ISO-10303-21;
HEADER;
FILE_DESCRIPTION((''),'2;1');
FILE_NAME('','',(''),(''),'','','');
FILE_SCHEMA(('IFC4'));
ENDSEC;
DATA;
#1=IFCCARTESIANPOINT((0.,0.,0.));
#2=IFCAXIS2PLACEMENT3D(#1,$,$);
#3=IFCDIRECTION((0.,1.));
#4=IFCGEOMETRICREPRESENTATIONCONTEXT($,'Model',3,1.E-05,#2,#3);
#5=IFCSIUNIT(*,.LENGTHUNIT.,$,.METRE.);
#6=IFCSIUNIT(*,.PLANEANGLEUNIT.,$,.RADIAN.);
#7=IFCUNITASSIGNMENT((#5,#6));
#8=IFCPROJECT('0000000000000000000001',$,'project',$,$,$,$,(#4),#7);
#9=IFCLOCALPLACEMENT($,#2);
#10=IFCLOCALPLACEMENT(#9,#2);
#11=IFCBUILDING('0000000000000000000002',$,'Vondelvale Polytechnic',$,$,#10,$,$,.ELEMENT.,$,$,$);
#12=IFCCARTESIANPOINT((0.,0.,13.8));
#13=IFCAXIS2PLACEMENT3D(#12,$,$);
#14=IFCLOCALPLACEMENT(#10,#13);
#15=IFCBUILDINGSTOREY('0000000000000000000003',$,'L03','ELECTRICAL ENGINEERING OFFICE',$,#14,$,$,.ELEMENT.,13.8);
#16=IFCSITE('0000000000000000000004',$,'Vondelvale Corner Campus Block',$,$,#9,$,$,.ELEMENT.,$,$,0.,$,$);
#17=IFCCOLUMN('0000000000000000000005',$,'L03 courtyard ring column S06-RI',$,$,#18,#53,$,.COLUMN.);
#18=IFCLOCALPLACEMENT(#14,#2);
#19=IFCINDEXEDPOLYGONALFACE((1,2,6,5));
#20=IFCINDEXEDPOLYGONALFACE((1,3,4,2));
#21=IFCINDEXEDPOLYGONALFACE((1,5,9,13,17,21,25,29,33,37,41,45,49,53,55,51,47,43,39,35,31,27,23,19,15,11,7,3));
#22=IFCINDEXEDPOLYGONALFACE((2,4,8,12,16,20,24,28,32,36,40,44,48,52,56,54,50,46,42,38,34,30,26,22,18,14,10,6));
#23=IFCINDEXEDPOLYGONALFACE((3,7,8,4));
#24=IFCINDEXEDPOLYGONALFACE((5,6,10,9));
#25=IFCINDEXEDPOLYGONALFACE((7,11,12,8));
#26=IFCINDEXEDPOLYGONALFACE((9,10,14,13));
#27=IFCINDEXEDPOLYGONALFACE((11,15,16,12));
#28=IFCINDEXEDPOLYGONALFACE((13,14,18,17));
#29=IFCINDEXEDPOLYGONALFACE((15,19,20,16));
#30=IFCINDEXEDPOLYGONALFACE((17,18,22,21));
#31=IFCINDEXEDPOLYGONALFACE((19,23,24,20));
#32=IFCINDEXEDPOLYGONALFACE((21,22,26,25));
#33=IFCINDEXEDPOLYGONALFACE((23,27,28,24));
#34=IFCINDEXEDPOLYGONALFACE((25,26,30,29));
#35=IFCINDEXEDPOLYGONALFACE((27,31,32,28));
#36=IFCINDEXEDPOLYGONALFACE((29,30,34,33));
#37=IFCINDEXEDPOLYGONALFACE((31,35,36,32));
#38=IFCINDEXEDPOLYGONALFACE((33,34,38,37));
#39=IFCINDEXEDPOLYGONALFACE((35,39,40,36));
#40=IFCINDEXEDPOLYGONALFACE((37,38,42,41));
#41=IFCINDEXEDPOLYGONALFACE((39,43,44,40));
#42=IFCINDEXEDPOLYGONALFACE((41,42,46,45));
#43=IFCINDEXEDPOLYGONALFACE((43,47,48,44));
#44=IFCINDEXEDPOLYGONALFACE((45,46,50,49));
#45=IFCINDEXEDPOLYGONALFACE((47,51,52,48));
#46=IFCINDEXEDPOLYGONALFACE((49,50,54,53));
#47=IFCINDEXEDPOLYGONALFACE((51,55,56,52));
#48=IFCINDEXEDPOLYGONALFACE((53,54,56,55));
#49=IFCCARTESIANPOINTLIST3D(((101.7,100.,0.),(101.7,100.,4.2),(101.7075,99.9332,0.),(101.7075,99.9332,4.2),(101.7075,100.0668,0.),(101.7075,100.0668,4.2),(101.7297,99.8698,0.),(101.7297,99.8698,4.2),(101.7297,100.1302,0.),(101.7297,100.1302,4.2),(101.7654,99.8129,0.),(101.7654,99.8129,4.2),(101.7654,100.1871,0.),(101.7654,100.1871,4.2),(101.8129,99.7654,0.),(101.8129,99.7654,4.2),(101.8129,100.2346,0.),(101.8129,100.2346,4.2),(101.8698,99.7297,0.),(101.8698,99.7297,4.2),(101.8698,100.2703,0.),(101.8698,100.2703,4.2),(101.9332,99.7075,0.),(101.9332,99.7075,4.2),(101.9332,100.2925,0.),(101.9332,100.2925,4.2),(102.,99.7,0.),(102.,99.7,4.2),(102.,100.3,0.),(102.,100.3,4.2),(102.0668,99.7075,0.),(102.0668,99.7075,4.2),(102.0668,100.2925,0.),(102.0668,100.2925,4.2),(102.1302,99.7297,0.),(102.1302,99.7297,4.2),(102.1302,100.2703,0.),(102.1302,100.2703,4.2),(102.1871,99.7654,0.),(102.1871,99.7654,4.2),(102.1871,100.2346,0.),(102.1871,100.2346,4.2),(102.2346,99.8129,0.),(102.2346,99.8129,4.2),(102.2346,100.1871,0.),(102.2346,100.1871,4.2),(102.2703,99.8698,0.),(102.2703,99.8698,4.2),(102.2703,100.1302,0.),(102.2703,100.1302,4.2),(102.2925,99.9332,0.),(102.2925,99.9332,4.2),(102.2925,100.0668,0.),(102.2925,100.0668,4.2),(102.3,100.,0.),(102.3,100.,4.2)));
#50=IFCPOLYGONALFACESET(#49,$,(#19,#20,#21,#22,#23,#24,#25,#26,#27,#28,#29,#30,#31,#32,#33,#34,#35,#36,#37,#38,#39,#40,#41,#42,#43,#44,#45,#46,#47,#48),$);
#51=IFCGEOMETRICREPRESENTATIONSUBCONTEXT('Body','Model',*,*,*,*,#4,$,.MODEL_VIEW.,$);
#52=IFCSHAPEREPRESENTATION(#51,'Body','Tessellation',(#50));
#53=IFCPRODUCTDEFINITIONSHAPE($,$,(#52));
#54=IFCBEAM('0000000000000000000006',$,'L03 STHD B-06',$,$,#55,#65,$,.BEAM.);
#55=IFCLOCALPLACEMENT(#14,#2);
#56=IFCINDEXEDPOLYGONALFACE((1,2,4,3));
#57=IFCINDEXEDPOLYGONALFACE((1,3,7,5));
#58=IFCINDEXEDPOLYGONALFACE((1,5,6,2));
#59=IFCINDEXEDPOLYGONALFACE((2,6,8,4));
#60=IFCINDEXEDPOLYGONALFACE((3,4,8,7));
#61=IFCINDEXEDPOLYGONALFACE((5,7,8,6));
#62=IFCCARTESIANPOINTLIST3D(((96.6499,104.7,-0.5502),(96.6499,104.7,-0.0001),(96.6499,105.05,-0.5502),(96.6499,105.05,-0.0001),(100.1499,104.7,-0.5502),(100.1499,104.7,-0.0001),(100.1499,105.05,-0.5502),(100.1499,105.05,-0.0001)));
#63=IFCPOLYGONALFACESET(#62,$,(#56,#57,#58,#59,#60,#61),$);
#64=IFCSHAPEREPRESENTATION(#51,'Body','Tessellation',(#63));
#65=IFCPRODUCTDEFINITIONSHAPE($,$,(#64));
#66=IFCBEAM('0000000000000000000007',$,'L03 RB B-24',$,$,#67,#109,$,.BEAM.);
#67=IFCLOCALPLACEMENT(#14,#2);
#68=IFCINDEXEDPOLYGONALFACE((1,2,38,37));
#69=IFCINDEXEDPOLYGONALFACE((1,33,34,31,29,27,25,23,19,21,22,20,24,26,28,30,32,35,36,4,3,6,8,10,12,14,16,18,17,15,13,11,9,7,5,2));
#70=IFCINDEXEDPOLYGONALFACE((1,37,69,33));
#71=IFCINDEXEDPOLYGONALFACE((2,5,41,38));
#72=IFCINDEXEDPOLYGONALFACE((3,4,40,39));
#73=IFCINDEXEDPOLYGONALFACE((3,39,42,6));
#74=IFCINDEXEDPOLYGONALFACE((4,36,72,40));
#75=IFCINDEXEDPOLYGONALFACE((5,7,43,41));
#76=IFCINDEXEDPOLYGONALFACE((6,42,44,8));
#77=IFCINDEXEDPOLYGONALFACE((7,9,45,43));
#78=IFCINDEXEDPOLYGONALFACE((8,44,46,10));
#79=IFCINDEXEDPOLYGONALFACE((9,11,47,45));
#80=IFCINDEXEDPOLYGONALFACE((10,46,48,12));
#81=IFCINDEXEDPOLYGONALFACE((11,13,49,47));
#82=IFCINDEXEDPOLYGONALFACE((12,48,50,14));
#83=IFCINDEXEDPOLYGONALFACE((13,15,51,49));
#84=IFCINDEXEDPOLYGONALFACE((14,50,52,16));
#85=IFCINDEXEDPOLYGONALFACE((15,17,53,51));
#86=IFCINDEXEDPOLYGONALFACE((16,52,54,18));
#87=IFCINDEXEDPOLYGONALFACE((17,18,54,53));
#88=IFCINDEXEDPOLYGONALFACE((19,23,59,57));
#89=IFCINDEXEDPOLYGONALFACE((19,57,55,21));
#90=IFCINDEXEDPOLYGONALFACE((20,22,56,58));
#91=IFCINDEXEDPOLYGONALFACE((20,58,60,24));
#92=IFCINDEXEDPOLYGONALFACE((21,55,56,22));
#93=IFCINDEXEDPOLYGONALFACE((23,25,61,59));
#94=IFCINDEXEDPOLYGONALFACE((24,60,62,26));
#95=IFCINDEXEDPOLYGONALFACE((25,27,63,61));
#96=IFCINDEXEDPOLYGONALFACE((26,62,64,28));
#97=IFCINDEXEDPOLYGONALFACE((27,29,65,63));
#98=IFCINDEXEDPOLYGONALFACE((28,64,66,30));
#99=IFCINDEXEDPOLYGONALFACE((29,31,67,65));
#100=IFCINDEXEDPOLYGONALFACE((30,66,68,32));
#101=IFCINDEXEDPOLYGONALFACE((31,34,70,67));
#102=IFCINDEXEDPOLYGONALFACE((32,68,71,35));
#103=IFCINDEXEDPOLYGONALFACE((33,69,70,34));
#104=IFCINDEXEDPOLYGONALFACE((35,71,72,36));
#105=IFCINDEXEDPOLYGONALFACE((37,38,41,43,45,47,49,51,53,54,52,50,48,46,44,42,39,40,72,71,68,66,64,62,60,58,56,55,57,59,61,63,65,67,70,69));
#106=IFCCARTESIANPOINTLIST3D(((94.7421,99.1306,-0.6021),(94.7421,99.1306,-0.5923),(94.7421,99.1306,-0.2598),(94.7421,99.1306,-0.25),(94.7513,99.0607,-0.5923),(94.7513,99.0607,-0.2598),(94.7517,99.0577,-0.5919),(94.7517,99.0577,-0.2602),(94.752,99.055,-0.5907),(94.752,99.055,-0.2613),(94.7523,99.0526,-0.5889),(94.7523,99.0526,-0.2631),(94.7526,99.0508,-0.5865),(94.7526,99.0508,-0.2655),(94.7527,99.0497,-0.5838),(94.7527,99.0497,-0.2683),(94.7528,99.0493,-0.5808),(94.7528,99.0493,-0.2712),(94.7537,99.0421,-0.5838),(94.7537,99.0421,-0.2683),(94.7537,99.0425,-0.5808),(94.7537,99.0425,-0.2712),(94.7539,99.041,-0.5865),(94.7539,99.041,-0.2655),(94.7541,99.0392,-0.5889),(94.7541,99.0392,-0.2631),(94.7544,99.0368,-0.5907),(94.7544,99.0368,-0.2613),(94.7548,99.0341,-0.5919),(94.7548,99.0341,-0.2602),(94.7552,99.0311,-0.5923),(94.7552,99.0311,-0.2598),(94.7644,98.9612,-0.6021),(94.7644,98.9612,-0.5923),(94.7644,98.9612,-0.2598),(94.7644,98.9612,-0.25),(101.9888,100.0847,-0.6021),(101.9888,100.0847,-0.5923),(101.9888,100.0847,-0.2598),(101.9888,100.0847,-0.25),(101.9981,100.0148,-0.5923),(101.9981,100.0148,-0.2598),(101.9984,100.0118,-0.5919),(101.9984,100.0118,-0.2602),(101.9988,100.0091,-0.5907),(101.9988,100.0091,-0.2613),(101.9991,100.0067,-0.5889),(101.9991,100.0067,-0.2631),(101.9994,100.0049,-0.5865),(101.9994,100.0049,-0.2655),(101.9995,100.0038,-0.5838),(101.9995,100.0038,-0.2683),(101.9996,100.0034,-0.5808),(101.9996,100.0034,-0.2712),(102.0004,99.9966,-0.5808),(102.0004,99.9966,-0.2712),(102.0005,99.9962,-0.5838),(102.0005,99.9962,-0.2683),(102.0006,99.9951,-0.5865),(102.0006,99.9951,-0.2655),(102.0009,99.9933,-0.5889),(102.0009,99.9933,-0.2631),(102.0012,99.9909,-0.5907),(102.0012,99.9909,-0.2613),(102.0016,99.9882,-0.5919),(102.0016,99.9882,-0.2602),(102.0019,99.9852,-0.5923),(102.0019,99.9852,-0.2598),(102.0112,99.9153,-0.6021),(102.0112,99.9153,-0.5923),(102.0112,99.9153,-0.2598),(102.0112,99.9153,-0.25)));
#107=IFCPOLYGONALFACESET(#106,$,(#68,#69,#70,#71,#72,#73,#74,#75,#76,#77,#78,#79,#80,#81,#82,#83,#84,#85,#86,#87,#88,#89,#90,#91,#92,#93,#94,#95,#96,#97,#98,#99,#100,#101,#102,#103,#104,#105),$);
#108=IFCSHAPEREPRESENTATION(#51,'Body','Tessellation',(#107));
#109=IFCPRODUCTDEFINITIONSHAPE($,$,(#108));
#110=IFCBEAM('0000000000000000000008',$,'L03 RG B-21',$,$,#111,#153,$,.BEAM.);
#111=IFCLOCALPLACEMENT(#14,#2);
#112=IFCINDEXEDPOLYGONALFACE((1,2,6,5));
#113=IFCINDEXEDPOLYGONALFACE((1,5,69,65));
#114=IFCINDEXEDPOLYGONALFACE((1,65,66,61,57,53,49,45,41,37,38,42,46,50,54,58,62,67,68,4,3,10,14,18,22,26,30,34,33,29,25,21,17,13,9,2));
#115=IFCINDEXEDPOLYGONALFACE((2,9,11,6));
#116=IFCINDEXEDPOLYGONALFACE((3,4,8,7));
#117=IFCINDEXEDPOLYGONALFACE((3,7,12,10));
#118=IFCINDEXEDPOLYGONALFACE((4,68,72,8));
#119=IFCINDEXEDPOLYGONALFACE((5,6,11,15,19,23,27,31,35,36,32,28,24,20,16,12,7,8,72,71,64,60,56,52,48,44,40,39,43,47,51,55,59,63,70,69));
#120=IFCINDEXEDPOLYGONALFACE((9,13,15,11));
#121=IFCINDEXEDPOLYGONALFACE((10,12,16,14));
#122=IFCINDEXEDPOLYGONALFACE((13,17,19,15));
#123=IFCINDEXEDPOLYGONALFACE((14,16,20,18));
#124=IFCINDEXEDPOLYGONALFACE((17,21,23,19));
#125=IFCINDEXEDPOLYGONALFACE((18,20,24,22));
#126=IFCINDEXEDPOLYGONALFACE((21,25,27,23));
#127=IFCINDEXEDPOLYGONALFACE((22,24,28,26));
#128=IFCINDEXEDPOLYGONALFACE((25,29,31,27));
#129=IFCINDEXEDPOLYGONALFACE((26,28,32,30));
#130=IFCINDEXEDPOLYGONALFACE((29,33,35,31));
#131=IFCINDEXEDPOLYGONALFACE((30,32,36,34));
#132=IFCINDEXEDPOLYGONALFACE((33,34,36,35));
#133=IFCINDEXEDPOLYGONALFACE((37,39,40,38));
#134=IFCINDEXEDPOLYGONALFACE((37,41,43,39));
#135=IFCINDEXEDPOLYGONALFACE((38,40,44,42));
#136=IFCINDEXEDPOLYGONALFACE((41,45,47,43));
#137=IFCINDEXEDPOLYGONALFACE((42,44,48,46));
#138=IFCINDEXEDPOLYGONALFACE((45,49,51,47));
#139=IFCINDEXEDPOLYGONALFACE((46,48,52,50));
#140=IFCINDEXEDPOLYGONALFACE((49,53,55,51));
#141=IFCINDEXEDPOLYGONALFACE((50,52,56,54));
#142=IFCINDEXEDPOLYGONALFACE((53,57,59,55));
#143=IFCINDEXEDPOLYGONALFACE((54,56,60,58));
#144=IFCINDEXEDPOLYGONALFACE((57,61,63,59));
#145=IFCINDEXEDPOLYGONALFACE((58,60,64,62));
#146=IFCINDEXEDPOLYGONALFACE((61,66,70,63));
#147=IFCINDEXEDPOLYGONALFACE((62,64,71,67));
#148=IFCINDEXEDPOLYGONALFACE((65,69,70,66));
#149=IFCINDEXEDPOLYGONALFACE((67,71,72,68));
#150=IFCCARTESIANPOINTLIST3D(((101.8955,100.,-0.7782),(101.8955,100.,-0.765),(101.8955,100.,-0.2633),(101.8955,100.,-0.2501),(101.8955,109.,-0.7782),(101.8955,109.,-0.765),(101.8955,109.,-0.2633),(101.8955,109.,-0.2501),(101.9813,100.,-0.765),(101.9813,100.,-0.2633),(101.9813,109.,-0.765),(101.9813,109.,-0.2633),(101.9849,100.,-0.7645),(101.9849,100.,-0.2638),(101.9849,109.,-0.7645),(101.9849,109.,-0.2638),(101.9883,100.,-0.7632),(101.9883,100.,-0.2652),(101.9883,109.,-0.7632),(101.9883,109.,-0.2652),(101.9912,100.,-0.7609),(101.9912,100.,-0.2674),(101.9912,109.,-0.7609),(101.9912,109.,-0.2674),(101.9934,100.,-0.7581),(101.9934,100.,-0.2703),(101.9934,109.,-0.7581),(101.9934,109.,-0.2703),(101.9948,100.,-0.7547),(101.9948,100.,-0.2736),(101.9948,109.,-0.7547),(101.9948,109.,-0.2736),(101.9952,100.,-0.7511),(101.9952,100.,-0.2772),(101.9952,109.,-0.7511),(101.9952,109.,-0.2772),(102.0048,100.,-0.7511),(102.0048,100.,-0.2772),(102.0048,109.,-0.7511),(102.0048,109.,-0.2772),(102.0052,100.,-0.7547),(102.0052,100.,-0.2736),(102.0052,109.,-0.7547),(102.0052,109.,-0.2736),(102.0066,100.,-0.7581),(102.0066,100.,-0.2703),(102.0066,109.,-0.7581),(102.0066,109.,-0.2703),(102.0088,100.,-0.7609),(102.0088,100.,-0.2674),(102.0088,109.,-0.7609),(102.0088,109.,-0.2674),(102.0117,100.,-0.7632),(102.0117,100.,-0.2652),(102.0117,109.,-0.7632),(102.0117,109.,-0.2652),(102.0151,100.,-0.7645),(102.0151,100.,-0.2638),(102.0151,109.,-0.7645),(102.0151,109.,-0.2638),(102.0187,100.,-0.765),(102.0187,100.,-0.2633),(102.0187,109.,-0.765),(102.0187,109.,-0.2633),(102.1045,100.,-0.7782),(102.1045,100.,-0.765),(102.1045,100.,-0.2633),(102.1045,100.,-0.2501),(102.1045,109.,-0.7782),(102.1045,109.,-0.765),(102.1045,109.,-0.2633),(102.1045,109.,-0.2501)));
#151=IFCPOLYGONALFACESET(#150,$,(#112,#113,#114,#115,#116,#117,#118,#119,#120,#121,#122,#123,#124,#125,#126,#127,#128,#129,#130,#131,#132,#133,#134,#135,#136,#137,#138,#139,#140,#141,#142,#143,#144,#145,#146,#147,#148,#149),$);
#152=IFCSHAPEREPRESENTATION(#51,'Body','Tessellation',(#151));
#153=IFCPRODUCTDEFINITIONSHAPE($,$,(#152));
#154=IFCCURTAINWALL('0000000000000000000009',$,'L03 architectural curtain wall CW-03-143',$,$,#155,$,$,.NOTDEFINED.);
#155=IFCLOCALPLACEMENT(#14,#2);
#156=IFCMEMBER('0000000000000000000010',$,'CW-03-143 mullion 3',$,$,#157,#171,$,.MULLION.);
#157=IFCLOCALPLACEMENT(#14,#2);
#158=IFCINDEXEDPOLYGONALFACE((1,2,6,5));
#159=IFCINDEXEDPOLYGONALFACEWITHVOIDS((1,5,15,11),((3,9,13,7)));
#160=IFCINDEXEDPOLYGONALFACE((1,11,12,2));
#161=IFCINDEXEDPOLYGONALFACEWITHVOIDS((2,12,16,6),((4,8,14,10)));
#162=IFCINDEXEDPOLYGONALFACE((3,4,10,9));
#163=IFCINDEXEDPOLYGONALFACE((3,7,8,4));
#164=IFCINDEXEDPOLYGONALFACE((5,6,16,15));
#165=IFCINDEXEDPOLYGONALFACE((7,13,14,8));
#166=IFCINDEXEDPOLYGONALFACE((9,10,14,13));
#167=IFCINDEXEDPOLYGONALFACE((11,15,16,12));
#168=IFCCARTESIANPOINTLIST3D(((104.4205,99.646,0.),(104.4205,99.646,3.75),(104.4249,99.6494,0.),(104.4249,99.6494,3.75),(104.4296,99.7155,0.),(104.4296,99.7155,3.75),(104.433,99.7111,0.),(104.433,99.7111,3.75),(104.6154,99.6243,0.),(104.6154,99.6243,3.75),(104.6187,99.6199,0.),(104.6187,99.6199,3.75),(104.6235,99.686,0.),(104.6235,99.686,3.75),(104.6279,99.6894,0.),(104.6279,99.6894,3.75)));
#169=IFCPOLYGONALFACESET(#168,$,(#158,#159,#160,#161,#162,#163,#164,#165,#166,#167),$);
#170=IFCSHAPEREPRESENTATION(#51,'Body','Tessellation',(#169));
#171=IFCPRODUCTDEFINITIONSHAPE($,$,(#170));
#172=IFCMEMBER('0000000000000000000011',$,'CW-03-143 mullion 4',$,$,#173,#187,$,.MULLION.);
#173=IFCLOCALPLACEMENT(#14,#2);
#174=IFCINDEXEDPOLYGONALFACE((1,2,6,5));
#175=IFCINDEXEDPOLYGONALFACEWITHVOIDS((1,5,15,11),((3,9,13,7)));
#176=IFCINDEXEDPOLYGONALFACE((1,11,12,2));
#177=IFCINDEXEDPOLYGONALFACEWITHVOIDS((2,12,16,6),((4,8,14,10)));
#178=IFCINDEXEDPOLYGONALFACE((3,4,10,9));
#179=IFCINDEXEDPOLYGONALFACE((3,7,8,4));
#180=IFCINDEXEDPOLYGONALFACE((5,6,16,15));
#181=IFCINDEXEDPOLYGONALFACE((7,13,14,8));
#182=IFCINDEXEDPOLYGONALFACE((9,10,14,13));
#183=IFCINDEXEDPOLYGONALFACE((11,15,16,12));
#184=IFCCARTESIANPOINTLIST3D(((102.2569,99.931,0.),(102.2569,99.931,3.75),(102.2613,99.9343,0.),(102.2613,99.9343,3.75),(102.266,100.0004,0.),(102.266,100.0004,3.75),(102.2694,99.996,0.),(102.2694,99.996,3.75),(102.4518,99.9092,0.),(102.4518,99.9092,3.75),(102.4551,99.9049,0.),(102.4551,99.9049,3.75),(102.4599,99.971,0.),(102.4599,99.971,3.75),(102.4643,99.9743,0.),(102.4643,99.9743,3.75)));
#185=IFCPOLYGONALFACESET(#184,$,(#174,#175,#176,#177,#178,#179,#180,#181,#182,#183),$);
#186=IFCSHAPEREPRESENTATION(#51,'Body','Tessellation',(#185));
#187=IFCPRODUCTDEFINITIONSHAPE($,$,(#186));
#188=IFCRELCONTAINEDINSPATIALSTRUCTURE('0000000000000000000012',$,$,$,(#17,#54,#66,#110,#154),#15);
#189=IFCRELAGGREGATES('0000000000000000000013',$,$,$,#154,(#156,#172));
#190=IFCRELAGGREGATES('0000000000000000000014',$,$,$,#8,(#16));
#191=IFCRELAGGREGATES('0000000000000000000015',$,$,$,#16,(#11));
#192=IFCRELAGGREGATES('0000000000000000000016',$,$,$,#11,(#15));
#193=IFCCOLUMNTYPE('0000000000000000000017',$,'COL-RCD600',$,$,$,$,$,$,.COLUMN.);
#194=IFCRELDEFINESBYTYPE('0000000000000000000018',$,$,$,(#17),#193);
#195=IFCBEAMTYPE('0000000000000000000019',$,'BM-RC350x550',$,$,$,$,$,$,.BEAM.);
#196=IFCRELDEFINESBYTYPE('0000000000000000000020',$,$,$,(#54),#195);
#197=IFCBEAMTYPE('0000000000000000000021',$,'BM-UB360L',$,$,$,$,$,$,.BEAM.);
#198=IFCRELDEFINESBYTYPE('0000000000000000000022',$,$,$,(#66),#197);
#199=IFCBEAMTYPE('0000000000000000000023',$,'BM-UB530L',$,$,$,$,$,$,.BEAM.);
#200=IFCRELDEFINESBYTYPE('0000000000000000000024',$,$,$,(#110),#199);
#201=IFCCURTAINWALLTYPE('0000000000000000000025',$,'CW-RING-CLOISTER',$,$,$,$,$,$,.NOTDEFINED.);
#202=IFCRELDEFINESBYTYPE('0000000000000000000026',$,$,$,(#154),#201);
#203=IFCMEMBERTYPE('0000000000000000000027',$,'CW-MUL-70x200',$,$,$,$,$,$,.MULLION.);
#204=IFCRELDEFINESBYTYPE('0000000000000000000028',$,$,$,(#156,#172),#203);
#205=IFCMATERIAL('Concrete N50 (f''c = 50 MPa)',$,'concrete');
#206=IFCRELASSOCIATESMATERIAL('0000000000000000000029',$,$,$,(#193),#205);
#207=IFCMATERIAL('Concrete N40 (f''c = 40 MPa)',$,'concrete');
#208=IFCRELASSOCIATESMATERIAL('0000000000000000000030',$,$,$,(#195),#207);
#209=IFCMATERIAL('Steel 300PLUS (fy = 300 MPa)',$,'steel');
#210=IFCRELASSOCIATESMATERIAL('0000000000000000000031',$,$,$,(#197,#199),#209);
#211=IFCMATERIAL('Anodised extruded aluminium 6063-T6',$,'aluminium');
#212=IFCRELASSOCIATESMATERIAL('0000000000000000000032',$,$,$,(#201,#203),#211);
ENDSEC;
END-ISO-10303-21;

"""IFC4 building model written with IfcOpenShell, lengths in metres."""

from ifc_helpers import new_model, si_unit, direction, frame, origin, origin_2d, place, context, subcontext, project, spatial, rectangle, hollow_rectangle, circle, i_section, extrude, material, material_profile, profile_set, type_object, element, aggregate, save


model = new_model("IFC4")

# Units and contexts
model_context = context("Model", 3, precision=1e-05, world=origin(), true_north=direction((0.0, 1.0)))
body_context = subcontext(model_context, "Body", "Model", "MODEL_VIEW")
ifc_project = project(units=[si_unit("LENGTHUNIT", "METRE"), si_unit("PLANEANGLEUNIT", "RADIAN")], contexts=[model_context])

# Site, building, storey
site_placement = place(None, origin())
site = spatial("IfcSite", under=ifc_project, at=site_placement, Name="Vondelvale Corner Campus Block", CompositionType="ELEMENT", RefElevation=0.0)
building_placement = place(site_placement, origin())
building = spatial("IfcBuilding", under=site, at=building_placement, Name="Vondelvale Polytechnic", CompositionType="ELEMENT")
storey_placement = place(building_placement, frame((0.0, 0.0, 13.8)))
storey = spatial("IfcBuildingStorey", under=building, at=storey_placement, Name="L03", Description="ELECTRICAL ENGINEERING OFFICE", CompositionType="ELEMENT", Elevation=13.8)

# Column
ifc_material_1 = material(Name="Concrete N50 (f'c = 50 MPa)", Category="concrete")
ifc_material_profile_1 = material_profile(ifc_material_1, circle(Radius=0.3, at=origin_2d()), Name="RC-COL-D600")
ifc_profile_set_1 = profile_set([ifc_material_profile_1], Name="Concrete N50 (f'c = 50 MPa)")
column_type = type_object("IfcColumnType", Name="COL-RCD600", PredefinedType="COLUMN", material=ifc_profile_set_1)
column_placement = place(storey_placement, frame((102.0, 100.0, 0.0), z_axis=(0.0, 0.0, 1.0), x_axis=(0.0, 1.0, 0.0)))
element("IfcColumn", 1, at=column_placement, inside=storey, type_object=column_type, Name="L03 courtyard ring column S06-RI", PredefinedType="COLUMN", context=body_context, shape_type="SweptSolid", body=[
    extrude(circle(Radius=0.3, at=origin_2d()), origin(), (0.0, 0.0, 1.0), 4.2),
])

# Beams
ifc_material_2 = material(Name="Concrete N40 (f'c = 40 MPa)", Category="concrete")
ifc_material_profile_2 = material_profile(ifc_material_2, rectangle(XDim=0.3501, YDim=0.55, at=origin_2d()), Name="RC-BM-350x550")
ifc_profile_set_2 = profile_set([ifc_material_profile_2], Name="Concrete N40 (f'c = 40 MPa)")
beam_type_1 = type_object("IfcBeamType", Name="BM-RC350x550", PredefinedType="BEAM", material=ifc_profile_set_2)
beam_1_placement = place(storey_placement, frame((100.1499, 104.875, -0.2751), z_axis=(-1.0, 0.0, 0.0), x_axis=(0.0, -1.0, 0.0)))
element("IfcBeam", 2, at=beam_1_placement, inside=storey, type_object=beam_type_1, Name="L03 STHD B-06", PredefinedType="BEAM", context=body_context, shape_type="SweptSolid", body=[
    extrude(rectangle(XDim=0.3501, YDim=0.55, at=origin_2d()), origin(), (0.0, 0.0, 1.0), 3.5),
])
ifc_material_3 = material(Name="Steel 300PLUS (fy = 300 MPa)", Category="steel")
ifc_material_profile_3 = material_profile(ifc_material_3, i_section(OverallWidth=0.1709, OverallDepth=0.3521, WebThickness=0.0068, FlangeThickness=0.0098, FilletRadius=0.0115, at=origin_2d()), Name="360UB44.7")
ifc_profile_set_3 = profile_set([ifc_material_profile_3], Name="Steel 300PLUS (fy = 300 MPa)")
beam_type_2 = type_object("IfcBeamType", Name="BM-UB360L", PredefinedType="BEAM", material=ifc_profile_set_3)
beam_2_placement = place(storey_placement, frame((102.0, 100.0, -0.426), z_axis=(-0.991444, -0.130531, 0.0), x_axis=(0.130531, -0.991444, 0.0)))
element("IfcBeam", 3, at=beam_2_placement, inside=storey, type_object=beam_type_2, Name="L03 RB B-24", PredefinedType="BEAM", context=body_context, shape_type="SweptSolid", body=[
    extrude(i_section(OverallWidth=0.1709, OverallDepth=0.3521, WebThickness=0.0068, FlangeThickness=0.0098, FilletRadius=0.0115, at=origin_2d()), origin(), (0.0, 0.0, 1.0), 7.3093),
])
ifc_material_profile_4 = material_profile(ifc_material_3, i_section(OverallWidth=0.209, OverallDepth=0.5281, WebThickness=0.0095, FlangeThickness=0.0132, FilletRadius=0.0139, at=origin_2d()), Name="530UB82.0")
ifc_profile_set_4 = profile_set([ifc_material_profile_4], Name="Steel 300PLUS (fy = 300 MPa)")
beam_type_3 = type_object("IfcBeamType", Name="BM-UB530L", PredefinedType="BEAM", material=ifc_profile_set_4)
beam_3_placement = place(storey_placement, frame((102.0, 100.0, -0.5142), z_axis=(0.0, 1.0, 0.0), x_axis=(-1.0, 0.0, 0.0)))
element("IfcBeam", 4, at=beam_3_placement, inside=storey, type_object=beam_type_3, Name="L03 RG B-21", PredefinedType="BEAM", context=body_context, shape_type="SweptSolid", body=[
    extrude(i_section(OverallWidth=0.209, OverallDepth=0.5281, WebThickness=0.0095, FlangeThickness=0.0132, FilletRadius=0.0139, at=origin_2d()), origin(), (0.0, 0.0, 1.0), 9.0),
])

# Curtain wall, members
ifc_material_4 = material(Name="Anodised extruded aluminium 6063-T6", Category="aluminium")
curtain_wall_type = type_object("IfcCurtainWallType", Name="CW-RING-CLOISTER", PredefinedType="NOTDEFINED", material=ifc_material_4)
curtain_wall_1_placement = place(storey_placement, origin())
curtain_wall_1 = element("IfcCurtainWall", 5, at=curtain_wall_1_placement, inside=storey, type_object=curtain_wall_type, Name="L03 architectural curtain wall CW-03-143", PredefinedType="NOTDEFINED")
ifc_material_profile_5 = material_profile(ifc_material_4, hollow_rectangle(XDim=0.0701, YDim=0.2, WallThickness=0.0039, at=origin_2d()), Name="CW-MUL-200x70")
ifc_profile_set_5 = profile_set([ifc_material_profile_5], Name="Anodised extruded aluminium 6063-T6")
member_type_1 = type_object("IfcMemberType", Name="CW-MUL-70x200", PredefinedType="MULLION", material=ifc_profile_set_5)
member_1_placement = place(storey_placement, frame((104.5242, 99.6677, 0.0), z_axis=(0.0, 0.0, 1.0), x_axis=(-0.130528, -0.991445, 0.0)))
member_1 = element("IfcMember", 6, at=member_1_placement, type_object=member_type_1, Name="CW-03-143 mullion 3", PredefinedType="MULLION", context=body_context, shape_type="SweptSolid", body=[
    extrude(hollow_rectangle(XDim=0.0701, YDim=0.2, WallThickness=0.0039, at=origin_2d()), origin(), (0.0, 0.0, 1.0), 3.75),
])
member_2_placement = place(storey_placement, frame((102.3606, 99.9526, 0.0), z_axis=(0.0, 0.0, 1.0), x_axis=(-0.130528, -0.991445, 0.0)))
member_2 = element("IfcMember", 7, at=member_2_placement, type_object=member_type_1, Name="CW-03-143 mullion 4", PredefinedType="MULLION", context=body_context, shape_type="SweptSolid", body=[
    extrude(hollow_rectangle(XDim=0.0701, YDim=0.2, WallThickness=0.0039, at=origin_2d()), origin(), (0.0, 0.0, 1.0), 3.75),
])

aggregate(curtain_wall_1, [member_1, member_2])

save(model, "model.ifc")
